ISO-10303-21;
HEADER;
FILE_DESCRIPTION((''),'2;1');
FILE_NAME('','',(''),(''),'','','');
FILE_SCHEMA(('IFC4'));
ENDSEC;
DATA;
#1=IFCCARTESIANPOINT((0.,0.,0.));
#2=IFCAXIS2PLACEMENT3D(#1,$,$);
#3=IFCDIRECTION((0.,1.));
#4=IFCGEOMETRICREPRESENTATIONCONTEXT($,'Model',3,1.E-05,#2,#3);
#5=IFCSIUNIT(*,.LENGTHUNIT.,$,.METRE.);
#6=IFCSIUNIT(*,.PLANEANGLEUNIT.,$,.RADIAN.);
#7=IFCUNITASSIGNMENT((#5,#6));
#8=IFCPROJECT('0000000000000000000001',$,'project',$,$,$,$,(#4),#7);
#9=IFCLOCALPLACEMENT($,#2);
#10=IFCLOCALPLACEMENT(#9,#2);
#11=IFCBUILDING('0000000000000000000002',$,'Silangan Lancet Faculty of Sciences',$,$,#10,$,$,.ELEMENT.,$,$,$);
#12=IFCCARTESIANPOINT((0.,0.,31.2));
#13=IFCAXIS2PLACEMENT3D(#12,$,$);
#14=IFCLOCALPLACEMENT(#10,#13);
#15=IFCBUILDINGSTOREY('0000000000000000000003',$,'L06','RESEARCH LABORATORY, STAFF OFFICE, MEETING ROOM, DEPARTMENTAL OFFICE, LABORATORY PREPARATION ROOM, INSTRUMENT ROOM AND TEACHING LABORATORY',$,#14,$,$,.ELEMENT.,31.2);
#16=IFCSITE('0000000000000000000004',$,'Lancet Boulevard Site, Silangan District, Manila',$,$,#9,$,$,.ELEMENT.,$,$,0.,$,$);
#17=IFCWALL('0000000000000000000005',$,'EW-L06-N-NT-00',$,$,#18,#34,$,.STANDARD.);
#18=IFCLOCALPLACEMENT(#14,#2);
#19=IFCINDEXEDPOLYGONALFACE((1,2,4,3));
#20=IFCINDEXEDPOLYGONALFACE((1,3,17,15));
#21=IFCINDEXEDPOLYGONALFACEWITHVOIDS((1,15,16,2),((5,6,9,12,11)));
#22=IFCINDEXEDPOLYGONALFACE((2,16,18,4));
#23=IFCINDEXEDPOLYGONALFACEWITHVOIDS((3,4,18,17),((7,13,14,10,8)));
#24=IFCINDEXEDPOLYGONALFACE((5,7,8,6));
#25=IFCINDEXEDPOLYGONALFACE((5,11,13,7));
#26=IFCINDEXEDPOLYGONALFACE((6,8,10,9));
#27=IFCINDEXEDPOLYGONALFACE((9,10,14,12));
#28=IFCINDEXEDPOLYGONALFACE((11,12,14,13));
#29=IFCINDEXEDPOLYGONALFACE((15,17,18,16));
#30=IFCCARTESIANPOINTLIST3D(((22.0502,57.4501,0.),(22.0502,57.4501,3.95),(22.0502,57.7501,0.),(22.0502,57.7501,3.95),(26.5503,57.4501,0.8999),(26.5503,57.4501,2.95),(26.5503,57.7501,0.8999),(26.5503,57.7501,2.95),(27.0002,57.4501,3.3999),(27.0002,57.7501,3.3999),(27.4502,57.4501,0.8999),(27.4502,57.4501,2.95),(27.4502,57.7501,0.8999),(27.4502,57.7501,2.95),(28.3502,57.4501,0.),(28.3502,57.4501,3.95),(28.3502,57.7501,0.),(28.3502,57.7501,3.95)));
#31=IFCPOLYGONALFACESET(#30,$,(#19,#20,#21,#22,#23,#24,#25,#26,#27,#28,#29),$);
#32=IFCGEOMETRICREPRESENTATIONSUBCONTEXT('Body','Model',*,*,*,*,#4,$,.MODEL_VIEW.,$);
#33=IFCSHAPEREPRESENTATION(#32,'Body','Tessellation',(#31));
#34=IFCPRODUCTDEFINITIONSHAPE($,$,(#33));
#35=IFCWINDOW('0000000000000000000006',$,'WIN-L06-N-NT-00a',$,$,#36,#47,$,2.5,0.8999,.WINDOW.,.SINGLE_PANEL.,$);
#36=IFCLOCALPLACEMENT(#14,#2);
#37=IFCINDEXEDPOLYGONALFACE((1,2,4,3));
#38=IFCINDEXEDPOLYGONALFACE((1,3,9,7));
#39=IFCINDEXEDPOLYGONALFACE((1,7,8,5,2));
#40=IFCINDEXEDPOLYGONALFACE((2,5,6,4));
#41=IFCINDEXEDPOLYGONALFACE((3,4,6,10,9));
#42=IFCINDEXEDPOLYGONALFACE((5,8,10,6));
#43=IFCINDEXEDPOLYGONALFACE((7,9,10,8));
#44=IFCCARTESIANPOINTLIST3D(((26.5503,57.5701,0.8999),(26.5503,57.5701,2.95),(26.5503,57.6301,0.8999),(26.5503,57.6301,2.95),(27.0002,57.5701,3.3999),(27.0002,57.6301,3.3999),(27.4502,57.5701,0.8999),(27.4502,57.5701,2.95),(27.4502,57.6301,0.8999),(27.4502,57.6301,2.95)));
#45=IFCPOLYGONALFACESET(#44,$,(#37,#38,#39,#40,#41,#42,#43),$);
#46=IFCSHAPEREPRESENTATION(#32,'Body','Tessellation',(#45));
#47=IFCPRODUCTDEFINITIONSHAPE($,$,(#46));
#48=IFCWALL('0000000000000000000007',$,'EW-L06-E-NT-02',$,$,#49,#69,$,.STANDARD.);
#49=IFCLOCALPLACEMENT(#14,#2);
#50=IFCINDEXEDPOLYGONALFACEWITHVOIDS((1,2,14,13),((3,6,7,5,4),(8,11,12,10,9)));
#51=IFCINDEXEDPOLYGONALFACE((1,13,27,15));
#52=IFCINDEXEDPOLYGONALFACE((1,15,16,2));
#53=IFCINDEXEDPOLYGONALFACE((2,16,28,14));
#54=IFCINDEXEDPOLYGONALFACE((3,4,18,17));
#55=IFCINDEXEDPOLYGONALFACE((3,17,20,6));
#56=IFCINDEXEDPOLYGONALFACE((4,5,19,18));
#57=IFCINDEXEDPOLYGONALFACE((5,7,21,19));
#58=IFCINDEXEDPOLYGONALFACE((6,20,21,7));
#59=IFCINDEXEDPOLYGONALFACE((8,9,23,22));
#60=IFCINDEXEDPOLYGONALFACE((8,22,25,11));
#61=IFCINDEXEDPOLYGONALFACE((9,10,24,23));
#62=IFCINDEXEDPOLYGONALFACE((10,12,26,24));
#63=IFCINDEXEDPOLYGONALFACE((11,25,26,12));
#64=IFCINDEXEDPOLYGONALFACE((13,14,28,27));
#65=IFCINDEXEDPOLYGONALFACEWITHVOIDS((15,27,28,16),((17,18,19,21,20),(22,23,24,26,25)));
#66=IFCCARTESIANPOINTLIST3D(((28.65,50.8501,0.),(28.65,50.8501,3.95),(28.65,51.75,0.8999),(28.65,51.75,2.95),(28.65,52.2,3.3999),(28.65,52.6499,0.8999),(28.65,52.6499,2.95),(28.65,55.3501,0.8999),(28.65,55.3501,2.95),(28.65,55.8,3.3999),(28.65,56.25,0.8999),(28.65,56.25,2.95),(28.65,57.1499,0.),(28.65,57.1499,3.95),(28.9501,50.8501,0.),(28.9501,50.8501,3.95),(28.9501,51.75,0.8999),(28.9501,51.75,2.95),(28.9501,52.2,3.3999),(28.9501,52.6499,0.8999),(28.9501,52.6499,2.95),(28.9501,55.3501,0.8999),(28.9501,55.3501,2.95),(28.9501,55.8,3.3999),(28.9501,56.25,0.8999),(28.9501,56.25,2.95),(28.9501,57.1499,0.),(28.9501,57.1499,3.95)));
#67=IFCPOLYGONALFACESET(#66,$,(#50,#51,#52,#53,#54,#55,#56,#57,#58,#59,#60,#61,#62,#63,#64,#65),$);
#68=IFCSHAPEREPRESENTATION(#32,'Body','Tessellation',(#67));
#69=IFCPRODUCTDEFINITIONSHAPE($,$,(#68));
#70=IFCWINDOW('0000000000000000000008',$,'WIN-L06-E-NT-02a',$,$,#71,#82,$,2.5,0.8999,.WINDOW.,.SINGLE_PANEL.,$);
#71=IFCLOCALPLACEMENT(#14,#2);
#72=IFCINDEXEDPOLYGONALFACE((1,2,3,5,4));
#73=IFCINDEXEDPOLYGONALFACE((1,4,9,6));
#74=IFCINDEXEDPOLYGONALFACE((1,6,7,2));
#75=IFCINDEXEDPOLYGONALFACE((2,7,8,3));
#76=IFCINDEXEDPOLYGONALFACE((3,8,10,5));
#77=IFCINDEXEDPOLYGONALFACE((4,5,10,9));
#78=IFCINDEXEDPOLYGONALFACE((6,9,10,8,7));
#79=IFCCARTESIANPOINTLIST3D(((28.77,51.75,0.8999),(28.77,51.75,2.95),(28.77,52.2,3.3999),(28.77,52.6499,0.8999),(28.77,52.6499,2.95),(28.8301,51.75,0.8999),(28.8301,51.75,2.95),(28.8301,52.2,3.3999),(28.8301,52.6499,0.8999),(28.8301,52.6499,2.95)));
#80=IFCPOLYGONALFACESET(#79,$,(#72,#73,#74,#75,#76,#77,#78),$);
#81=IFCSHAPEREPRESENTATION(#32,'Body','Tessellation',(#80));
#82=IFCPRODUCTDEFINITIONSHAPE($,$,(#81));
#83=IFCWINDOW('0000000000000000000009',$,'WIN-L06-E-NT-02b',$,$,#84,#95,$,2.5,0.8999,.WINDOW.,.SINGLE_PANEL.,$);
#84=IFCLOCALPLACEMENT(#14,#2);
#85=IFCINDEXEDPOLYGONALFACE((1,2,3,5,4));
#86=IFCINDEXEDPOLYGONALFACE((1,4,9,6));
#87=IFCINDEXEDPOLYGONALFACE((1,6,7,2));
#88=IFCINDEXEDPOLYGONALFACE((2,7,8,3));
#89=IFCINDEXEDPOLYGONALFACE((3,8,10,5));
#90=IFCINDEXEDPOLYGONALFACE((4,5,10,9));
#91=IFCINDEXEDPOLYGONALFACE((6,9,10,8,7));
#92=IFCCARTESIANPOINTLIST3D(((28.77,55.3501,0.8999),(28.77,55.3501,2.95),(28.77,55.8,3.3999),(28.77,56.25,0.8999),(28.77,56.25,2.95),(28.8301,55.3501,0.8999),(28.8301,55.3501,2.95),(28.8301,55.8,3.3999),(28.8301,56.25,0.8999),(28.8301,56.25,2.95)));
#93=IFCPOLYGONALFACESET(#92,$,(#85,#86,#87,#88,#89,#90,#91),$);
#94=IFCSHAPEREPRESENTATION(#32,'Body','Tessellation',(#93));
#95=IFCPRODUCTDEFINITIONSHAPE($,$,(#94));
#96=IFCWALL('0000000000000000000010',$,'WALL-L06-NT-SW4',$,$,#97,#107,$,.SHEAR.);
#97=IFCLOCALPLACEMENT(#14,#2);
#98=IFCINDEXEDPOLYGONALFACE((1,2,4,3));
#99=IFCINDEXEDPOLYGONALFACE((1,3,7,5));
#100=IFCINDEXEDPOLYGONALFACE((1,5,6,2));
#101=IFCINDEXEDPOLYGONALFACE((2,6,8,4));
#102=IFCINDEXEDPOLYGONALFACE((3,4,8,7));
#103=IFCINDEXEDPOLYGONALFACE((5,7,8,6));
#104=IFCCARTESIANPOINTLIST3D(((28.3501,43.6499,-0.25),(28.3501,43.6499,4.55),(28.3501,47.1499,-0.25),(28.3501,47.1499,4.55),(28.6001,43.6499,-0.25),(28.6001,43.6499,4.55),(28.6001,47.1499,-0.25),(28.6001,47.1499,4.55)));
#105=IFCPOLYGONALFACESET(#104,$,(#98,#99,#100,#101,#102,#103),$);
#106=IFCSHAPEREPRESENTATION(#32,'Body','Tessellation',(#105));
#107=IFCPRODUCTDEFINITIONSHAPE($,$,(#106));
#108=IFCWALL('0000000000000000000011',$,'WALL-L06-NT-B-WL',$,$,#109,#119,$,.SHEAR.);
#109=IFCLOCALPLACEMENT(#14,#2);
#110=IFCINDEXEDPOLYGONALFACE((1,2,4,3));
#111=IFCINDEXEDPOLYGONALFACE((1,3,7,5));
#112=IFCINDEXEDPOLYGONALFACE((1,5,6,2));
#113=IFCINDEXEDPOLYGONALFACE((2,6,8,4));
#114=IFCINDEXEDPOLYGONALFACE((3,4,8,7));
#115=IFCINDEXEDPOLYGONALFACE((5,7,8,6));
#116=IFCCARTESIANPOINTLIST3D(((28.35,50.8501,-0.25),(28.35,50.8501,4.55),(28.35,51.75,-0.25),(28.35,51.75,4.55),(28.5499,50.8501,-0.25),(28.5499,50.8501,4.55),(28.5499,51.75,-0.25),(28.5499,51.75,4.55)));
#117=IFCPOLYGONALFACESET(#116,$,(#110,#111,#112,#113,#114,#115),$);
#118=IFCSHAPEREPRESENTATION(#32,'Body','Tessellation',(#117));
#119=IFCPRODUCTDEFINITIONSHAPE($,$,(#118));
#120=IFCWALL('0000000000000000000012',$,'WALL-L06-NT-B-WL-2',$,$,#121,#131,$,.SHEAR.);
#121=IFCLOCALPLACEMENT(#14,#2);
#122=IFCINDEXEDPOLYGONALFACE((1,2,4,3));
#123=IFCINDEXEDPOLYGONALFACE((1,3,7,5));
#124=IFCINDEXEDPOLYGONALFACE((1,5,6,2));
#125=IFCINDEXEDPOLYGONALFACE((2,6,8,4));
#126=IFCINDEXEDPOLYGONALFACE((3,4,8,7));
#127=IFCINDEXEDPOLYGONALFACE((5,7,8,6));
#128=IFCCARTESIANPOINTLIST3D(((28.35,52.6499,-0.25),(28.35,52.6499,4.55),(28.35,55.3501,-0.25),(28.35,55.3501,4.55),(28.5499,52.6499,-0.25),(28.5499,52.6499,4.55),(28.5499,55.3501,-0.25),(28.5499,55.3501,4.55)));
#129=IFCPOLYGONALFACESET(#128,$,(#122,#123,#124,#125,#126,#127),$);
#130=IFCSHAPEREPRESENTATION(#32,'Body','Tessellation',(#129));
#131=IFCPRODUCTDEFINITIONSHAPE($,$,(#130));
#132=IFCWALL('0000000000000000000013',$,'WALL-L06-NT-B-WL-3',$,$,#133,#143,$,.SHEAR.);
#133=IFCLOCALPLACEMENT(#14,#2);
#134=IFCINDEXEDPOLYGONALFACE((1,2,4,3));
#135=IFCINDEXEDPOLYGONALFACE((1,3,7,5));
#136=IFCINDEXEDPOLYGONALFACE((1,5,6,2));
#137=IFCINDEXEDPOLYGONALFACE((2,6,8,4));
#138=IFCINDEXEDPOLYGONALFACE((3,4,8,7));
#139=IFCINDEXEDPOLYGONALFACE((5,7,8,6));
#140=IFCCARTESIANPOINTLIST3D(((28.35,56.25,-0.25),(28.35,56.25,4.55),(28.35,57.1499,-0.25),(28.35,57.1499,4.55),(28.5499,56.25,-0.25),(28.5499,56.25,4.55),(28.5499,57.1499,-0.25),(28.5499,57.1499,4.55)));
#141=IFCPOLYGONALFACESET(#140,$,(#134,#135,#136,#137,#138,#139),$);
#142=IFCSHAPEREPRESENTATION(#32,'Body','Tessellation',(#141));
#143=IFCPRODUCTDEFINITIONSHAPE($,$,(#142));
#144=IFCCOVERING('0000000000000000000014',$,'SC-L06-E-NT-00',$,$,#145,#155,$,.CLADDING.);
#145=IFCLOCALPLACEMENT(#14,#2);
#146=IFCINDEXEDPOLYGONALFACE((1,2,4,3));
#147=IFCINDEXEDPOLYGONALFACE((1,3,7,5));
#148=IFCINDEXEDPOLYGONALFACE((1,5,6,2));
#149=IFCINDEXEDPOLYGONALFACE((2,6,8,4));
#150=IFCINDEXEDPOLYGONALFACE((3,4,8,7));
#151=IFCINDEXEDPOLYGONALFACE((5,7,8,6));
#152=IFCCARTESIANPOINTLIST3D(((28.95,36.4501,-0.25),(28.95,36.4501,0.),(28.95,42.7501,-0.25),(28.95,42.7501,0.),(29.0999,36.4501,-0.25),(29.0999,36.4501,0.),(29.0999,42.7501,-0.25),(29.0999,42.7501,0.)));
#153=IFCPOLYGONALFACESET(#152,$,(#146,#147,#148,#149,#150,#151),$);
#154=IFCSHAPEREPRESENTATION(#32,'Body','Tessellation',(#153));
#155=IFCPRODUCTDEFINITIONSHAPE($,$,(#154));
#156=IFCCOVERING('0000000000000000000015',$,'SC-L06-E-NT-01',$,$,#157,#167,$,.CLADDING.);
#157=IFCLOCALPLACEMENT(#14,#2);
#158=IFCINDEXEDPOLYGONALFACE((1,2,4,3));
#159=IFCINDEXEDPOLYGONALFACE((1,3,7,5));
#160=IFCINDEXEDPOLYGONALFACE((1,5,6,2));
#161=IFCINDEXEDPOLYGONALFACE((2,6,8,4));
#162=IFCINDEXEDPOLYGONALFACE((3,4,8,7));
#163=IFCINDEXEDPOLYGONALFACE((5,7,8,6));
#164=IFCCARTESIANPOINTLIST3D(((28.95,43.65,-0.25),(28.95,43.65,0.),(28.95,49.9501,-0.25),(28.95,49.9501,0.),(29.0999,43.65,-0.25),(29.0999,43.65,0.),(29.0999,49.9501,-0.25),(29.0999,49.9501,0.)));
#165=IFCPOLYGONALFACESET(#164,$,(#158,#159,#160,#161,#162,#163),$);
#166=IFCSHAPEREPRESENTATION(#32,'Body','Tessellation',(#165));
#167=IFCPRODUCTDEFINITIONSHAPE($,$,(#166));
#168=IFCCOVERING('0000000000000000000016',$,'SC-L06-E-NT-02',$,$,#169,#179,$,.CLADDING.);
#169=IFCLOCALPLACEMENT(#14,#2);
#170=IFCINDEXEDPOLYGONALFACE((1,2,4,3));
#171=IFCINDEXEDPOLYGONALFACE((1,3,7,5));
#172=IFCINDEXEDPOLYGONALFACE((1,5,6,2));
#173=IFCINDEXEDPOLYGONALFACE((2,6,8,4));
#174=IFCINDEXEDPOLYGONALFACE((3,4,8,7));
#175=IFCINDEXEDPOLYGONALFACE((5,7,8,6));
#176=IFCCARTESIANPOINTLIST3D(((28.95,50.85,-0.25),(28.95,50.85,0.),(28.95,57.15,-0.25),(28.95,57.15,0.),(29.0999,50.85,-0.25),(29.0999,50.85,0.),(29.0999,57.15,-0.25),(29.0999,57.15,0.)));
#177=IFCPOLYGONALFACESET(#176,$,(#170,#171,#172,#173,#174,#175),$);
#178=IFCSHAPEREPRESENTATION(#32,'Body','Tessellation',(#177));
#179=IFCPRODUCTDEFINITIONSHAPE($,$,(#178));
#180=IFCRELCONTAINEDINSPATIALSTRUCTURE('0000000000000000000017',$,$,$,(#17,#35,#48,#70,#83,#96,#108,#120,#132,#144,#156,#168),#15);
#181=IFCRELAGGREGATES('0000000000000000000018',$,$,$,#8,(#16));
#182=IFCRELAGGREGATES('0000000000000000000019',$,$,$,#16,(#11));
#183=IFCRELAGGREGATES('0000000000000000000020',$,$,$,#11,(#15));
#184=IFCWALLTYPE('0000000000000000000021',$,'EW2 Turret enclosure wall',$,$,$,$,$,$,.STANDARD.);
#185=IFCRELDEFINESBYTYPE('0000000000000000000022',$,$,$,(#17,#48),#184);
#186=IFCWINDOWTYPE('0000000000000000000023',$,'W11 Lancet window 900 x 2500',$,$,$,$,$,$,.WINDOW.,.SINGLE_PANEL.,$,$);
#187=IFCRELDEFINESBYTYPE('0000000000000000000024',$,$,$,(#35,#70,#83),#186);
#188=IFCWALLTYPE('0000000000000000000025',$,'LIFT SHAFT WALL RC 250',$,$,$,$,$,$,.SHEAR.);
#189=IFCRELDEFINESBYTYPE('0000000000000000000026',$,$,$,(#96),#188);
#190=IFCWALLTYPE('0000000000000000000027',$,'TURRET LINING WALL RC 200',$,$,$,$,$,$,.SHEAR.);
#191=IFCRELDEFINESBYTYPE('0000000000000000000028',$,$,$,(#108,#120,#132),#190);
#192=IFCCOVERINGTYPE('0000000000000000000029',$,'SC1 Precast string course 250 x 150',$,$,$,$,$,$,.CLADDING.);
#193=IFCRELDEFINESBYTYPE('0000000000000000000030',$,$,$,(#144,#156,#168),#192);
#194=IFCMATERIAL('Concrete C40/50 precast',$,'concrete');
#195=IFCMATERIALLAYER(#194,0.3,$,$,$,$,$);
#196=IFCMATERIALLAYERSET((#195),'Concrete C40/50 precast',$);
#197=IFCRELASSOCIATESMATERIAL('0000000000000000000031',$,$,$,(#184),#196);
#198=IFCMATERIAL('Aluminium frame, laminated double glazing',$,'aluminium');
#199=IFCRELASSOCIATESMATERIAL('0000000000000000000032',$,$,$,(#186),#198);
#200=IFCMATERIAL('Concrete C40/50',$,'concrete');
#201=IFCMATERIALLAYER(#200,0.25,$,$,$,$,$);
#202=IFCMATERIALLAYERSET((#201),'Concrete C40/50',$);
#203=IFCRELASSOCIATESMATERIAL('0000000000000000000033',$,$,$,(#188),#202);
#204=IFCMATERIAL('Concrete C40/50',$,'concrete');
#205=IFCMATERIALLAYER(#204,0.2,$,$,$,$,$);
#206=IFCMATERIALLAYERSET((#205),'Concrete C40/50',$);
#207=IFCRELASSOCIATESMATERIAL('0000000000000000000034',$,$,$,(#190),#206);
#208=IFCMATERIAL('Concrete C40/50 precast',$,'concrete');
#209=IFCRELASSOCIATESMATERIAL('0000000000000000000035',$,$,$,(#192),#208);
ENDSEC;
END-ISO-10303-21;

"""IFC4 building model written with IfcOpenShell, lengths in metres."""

from ifc_helpers import new_model, si_unit, direction, frame, frame_2d, origin, origin_2d, place, context, subcontext, project, spatial, polyline, rectangle, outline, extrude, material, layer, layer_set, type_object, element, fill, save


model = new_model("IFC4")

# Units and contexts
model_context = context("Model", 3, precision=1e-05, world=origin(), true_north=direction((0.0, 1.0)))
body_context = subcontext(model_context, "Body", "Model", "MODEL_VIEW")
ifc_project = project(units=[si_unit("LENGTHUNIT", "METRE"), si_unit("PLANEANGLEUNIT", "RADIAN")], contexts=[model_context])

# Site, building, storey
site_placement = place(None, origin())
site = spatial("IfcSite", under=ifc_project, at=site_placement, Name="Lancet Boulevard Site, Silangan District, Manila", CompositionType="ELEMENT", RefElevation=0.0)
building_placement = place(site_placement, origin())
building = spatial("IfcBuilding", under=site, at=building_placement, Name="Silangan Lancet Faculty of Sciences", CompositionType="ELEMENT")
storey_placement = place(building_placement, frame((0.0, 0.0, 31.2)))
storey = spatial("IfcBuildingStorey", under=building, at=storey_placement, Name="L06", Description="RESEARCH LABORATORY, STAFF OFFICE, MEETING ROOM, DEPARTMENTAL OFFICE, LABORATORY PREPARATION ROOM, INSTRUMENT ROOM AND TEACHING LABORATORY", CompositionType="ELEMENT", Elevation=31.2)

# Wall, opening, window
ifc_material_1 = material(Name="Concrete C40/50 precast", Category="concrete")
ifc_layer_1 = layer(ifc_material_1, 0.3)
ifc_layer_set_1 = layer_set([ifc_layer_1], Name="Concrete C40/50 precast")
wall_type_1 = type_object("IfcWallType", Name="EW2 Turret enclosure wall", PredefinedType="STANDARD", material=ifc_layer_set_1)
wall_1_placement = place(storey_placement, frame((28.3501, 57.6001, 0.0), z_axis=(0.0, 0.0, 1.0), x_axis=(-1.0, 0.0, 0.0)))
wall_1 = element("IfcWall", 1, at=wall_1_placement, inside=storey, type_object=wall_type_1, Name="EW-L06-N-NT-00", PredefinedType="STANDARD", context=body_context, shape_type="SweptSolid", body=[
    extrude(rectangle(XDim=6.3, YDim=0.3, at=frame_2d((3.1499, 0.0))), origin(), (0.0, 0.0, 1.0), 3.95),
])
opening_1_placement = place(wall_1_placement, frame((0.8999, 0.0, 0.8999)))
opening_1 = element("IfcOpeningElement", 2, at=opening_1_placement, cuts=wall_1, PredefinedType="OPENING", context=body_context, shape_type="SweptSolid", body=[
    extrude(outline(polyline([(0.0, 0.0), (0.8999, 0.0), (0.8999, 2.05), (0.45, 2.5), (0.0, 2.05), (0.0, 0.0)])), frame((0.0, 0.1599, 0.0), z_axis=(0.0, -1.0, 0.0), x_axis=(1.0, 0.0, 0.0)), (0.0, 0.0, 1.0), 0.3201),
])
ifc_material_2 = material(Name="Aluminium frame, laminated double glazing", Category="aluminium")
window_type_1 = type_object("IfcWindowType", Name="W11 Lancet window 900 x 2500", PartitioningType="SINGLE_PANEL", PredefinedType="WINDOW", material=ifc_material_2)
window_1_placement = place(opening_1_placement, origin())
window_1 = element("IfcWindow", 3, at=window_1_placement, inside=storey, type_object=window_type_1, Name="WIN-L06-N-NT-00a", OverallHeight=2.5, OverallWidth=0.8999, PartitioningType="SINGLE_PANEL", PredefinedType="WINDOW", context=body_context, shape_type="SweptSolid", body=[
    extrude(outline(polyline([(0.0, 0.0), (0.8999, 0.0), (0.8999, 2.05), (0.45, 2.5), (0.0, 2.05), (0.0, 0.0)])), frame((0.0, 0.03, 0.0), z_axis=(0.0, -1.0, 0.0), x_axis=(1.0, 0.0, 0.0)), (0.0, 0.0, 1.0), 0.0601),
])
fill(opening_1, window_1)

# Wall, openings, windows
wall_2_placement = place(storey_placement, frame((28.8, 50.8501, 0.0), z_axis=(0.0, 0.0, 1.0), x_axis=(0.0, 1.0, 0.0)))
wall_2 = element("IfcWall", 4, at=wall_2_placement, inside=storey, type_object=wall_type_1, Name="EW-L06-E-NT-02", PredefinedType="STANDARD", context=body_context, shape_type="SweptSolid", body=[
    extrude(rectangle(XDim=6.2998, YDim=0.3, at=frame_2d((3.1499, 0.0))), origin(), (0.0, 0.0, 1.0), 3.95),
])
opening_2_placement = place(wall_2_placement, frame((0.8999, 0.0, 0.8999)))
opening_2 = element("IfcOpeningElement", 5, at=opening_2_placement, cuts=wall_2, PredefinedType="OPENING", context=body_context, shape_type="SweptSolid", body=[
    extrude(outline(polyline([(0.0, 0.0), (0.8999, 0.0), (0.8999, 2.05), (0.45, 2.5), (0.0, 2.05), (0.0, 0.0)])), frame((0.0, 0.1599, 0.0), z_axis=(0.0, -1.0, 0.0), x_axis=(1.0, 0.0, 0.0)), (0.0, 0.0, 1.0), 0.3201),
])
opening_3_placement = place(wall_2_placement, frame((4.5, 0.0, 0.8999)))
opening_3 = element("IfcOpeningElement", 6, at=opening_3_placement, cuts=wall_2, PredefinedType="OPENING", context=body_context, shape_type="SweptSolid", body=[
    extrude(outline(polyline([(0.0, 0.0), (0.8999, 0.0), (0.8999, 2.05), (0.45, 2.5), (0.0, 2.05), (0.0, 0.0)])), frame((0.0, 0.1599, 0.0), z_axis=(0.0, -1.0, 0.0), x_axis=(1.0, 0.0, 0.0)), (0.0, 0.0, 1.0), 0.3201),
])
window_2_placement = place(opening_2_placement, origin())
window_2 = element("IfcWindow", 7, at=window_2_placement, inside=storey, type_object=window_type_1, Name="WIN-L06-E-NT-02a", OverallHeight=2.5, OverallWidth=0.8999, PartitioningType="SINGLE_PANEL", PredefinedType="WINDOW", context=body_context, shape_type="SweptSolid", body=[
    extrude(outline(polyline([(0.0, 0.0), (0.8999, 0.0), (0.8999, 2.05), (0.45, 2.5), (0.0, 2.05), (0.0, 0.0)])), frame((0.0, 0.03, 0.0), z_axis=(0.0, -1.0, 0.0), x_axis=(1.0, 0.0, 0.0)), (0.0, 0.0, 1.0), 0.0601),
])
fill(opening_2, window_2)
window_3_placement = place(opening_3_placement, origin())
window_3 = element("IfcWindow", 8, at=window_3_placement, inside=storey, type_object=window_type_1, Name="WIN-L06-E-NT-02b", OverallHeight=2.5, OverallWidth=0.8999, PartitioningType="SINGLE_PANEL", PredefinedType="WINDOW", context=body_context, shape_type="SweptSolid", body=[
    extrude(outline(polyline([(0.0, 0.0), (0.8999, 0.0), (0.8999, 2.05), (0.45, 2.5), (0.0, 2.05), (0.0, 0.0)])), frame((0.0, 0.03, 0.0), z_axis=(0.0, -1.0, 0.0), x_axis=(1.0, 0.0, 0.0)), (0.0, 0.0, 1.0), 0.0601),
])
fill(opening_3, window_3)

# Walls
ifc_material_3 = material(Name="Concrete C40/50", Category="concrete")
ifc_layer_2 = layer(ifc_material_3, 0.25)
ifc_layer_set_2 = layer_set([ifc_layer_2], Name="Concrete C40/50")
wall_type_2 = type_object("IfcWallType", Name="LIFT SHAFT WALL RC 250", PredefinedType="SHEAR", material=ifc_layer_set_2)
wall_3_placement = place(storey_placement, frame((28.4751, 43.6499, -0.25), z_axis=(0.0, 0.0, 1.0), x_axis=(0.0, 1.0, 0.0)))
element("IfcWall", 9, at=wall_3_placement, inside=storey, type_object=wall_type_2, Name="WALL-L06-NT-SW4", PredefinedType="SHEAR", context=body_context, shape_type="SweptSolid", body=[
    extrude(rectangle(XDim=3.5, YDim=0.25, at=frame_2d((1.75, 0.0))), origin(), (0.0, 0.0, 1.0), 4.8),
])
ifc_material_4 = material(Name="Concrete C40/50", Category="concrete")
ifc_layer_3 = layer(ifc_material_4, 0.2)
ifc_layer_set_3 = layer_set([ifc_layer_3], Name="Concrete C40/50")
wall_type_3 = type_object("IfcWallType", Name="TURRET LINING WALL RC 200", PredefinedType="SHEAR", material=ifc_layer_set_3)
wall_4_placement = place(storey_placement, frame((28.45, 50.8501, -0.25), z_axis=(0.0, 0.0, 1.0), x_axis=(0.0, 1.0, 0.0)))
element("IfcWall", 10, at=wall_4_placement, inside=storey, type_object=wall_type_3, Name="WALL-L06-NT-B-WL", PredefinedType="SHEAR", context=body_context, shape_type="SweptSolid", body=[
    extrude(rectangle(XDim=0.8999, YDim=0.2, at=frame_2d((0.45, 0.0))), origin(), (0.0, 0.0, 1.0), 4.8),
])
wall_5_placement = place(storey_placement, frame((28.45, 52.6499, -0.25), z_axis=(0.0, 0.0, 1.0), x_axis=(0.0, 1.0, 0.0)))
element("IfcWall", 11, at=wall_5_placement, inside=storey, type_object=wall_type_3, Name="WALL-L06-NT-B-WL-2", PredefinedType="SHEAR", context=body_context, shape_type="SweptSolid", body=[
    extrude(rectangle(XDim=2.7002, YDim=0.2, at=frame_2d((1.3501, 0.0))), origin(), (0.0, 0.0, 1.0), 4.8),
])
wall_6_placement = place(storey_placement, frame((28.45, 56.25, -0.25), z_axis=(0.0, 0.0, 1.0), x_axis=(0.0, 1.0, 0.0)))
element("IfcWall", 12, at=wall_6_placement, inside=storey, type_object=wall_type_3, Name="WALL-L06-NT-B-WL-3", PredefinedType="SHEAR", context=body_context, shape_type="SweptSolid", body=[
    extrude(rectangle(XDim=0.8999, YDim=0.2, at=frame_2d((0.45, 0.0))), origin(), (0.0, 0.0, 1.0), 4.8),
])

# Coverings
ifc_material_5 = material(Name="Concrete C40/50 precast", Category="concrete")
covering_type = type_object("IfcCoveringType", Name="SC1 Precast string course 250 x 150", PredefinedType="CLADDING", material=ifc_material_5)
for number, where, z_axis, x_axis, name in (
    (13, (29.0249, 39.6001, -0.25), (0.0, 0.0, 1.0), (1.0, 0.0, 0.0), "SC-L06-E-NT-00"),
    (14, (29.0249, 46.8, -0.25), (0.0, 0.0, 1.0), (1.0, 0.0, 0.0), "SC-L06-E-NT-01"),
    (15, (29.0249, 54.0, -0.25), (0.0, 0.0, 1.0), (1.0, 0.0, 0.0), "SC-L06-E-NT-02"),
):
    element("IfcCovering", number, at=place(storey_placement, frame(where, z_axis=z_axis, x_axis=x_axis)), inside=storey, type_object=covering_type, Name=name, PredefinedType="CLADDING", context=body_context, shape_type="SweptSolid", body=[
        extrude(rectangle(XDim=0.1499, YDim=6.3, at=origin_2d()), origin(), (0.0, 0.0, 1.0), 0.25),
    ])

save(model, "model.ifc")
